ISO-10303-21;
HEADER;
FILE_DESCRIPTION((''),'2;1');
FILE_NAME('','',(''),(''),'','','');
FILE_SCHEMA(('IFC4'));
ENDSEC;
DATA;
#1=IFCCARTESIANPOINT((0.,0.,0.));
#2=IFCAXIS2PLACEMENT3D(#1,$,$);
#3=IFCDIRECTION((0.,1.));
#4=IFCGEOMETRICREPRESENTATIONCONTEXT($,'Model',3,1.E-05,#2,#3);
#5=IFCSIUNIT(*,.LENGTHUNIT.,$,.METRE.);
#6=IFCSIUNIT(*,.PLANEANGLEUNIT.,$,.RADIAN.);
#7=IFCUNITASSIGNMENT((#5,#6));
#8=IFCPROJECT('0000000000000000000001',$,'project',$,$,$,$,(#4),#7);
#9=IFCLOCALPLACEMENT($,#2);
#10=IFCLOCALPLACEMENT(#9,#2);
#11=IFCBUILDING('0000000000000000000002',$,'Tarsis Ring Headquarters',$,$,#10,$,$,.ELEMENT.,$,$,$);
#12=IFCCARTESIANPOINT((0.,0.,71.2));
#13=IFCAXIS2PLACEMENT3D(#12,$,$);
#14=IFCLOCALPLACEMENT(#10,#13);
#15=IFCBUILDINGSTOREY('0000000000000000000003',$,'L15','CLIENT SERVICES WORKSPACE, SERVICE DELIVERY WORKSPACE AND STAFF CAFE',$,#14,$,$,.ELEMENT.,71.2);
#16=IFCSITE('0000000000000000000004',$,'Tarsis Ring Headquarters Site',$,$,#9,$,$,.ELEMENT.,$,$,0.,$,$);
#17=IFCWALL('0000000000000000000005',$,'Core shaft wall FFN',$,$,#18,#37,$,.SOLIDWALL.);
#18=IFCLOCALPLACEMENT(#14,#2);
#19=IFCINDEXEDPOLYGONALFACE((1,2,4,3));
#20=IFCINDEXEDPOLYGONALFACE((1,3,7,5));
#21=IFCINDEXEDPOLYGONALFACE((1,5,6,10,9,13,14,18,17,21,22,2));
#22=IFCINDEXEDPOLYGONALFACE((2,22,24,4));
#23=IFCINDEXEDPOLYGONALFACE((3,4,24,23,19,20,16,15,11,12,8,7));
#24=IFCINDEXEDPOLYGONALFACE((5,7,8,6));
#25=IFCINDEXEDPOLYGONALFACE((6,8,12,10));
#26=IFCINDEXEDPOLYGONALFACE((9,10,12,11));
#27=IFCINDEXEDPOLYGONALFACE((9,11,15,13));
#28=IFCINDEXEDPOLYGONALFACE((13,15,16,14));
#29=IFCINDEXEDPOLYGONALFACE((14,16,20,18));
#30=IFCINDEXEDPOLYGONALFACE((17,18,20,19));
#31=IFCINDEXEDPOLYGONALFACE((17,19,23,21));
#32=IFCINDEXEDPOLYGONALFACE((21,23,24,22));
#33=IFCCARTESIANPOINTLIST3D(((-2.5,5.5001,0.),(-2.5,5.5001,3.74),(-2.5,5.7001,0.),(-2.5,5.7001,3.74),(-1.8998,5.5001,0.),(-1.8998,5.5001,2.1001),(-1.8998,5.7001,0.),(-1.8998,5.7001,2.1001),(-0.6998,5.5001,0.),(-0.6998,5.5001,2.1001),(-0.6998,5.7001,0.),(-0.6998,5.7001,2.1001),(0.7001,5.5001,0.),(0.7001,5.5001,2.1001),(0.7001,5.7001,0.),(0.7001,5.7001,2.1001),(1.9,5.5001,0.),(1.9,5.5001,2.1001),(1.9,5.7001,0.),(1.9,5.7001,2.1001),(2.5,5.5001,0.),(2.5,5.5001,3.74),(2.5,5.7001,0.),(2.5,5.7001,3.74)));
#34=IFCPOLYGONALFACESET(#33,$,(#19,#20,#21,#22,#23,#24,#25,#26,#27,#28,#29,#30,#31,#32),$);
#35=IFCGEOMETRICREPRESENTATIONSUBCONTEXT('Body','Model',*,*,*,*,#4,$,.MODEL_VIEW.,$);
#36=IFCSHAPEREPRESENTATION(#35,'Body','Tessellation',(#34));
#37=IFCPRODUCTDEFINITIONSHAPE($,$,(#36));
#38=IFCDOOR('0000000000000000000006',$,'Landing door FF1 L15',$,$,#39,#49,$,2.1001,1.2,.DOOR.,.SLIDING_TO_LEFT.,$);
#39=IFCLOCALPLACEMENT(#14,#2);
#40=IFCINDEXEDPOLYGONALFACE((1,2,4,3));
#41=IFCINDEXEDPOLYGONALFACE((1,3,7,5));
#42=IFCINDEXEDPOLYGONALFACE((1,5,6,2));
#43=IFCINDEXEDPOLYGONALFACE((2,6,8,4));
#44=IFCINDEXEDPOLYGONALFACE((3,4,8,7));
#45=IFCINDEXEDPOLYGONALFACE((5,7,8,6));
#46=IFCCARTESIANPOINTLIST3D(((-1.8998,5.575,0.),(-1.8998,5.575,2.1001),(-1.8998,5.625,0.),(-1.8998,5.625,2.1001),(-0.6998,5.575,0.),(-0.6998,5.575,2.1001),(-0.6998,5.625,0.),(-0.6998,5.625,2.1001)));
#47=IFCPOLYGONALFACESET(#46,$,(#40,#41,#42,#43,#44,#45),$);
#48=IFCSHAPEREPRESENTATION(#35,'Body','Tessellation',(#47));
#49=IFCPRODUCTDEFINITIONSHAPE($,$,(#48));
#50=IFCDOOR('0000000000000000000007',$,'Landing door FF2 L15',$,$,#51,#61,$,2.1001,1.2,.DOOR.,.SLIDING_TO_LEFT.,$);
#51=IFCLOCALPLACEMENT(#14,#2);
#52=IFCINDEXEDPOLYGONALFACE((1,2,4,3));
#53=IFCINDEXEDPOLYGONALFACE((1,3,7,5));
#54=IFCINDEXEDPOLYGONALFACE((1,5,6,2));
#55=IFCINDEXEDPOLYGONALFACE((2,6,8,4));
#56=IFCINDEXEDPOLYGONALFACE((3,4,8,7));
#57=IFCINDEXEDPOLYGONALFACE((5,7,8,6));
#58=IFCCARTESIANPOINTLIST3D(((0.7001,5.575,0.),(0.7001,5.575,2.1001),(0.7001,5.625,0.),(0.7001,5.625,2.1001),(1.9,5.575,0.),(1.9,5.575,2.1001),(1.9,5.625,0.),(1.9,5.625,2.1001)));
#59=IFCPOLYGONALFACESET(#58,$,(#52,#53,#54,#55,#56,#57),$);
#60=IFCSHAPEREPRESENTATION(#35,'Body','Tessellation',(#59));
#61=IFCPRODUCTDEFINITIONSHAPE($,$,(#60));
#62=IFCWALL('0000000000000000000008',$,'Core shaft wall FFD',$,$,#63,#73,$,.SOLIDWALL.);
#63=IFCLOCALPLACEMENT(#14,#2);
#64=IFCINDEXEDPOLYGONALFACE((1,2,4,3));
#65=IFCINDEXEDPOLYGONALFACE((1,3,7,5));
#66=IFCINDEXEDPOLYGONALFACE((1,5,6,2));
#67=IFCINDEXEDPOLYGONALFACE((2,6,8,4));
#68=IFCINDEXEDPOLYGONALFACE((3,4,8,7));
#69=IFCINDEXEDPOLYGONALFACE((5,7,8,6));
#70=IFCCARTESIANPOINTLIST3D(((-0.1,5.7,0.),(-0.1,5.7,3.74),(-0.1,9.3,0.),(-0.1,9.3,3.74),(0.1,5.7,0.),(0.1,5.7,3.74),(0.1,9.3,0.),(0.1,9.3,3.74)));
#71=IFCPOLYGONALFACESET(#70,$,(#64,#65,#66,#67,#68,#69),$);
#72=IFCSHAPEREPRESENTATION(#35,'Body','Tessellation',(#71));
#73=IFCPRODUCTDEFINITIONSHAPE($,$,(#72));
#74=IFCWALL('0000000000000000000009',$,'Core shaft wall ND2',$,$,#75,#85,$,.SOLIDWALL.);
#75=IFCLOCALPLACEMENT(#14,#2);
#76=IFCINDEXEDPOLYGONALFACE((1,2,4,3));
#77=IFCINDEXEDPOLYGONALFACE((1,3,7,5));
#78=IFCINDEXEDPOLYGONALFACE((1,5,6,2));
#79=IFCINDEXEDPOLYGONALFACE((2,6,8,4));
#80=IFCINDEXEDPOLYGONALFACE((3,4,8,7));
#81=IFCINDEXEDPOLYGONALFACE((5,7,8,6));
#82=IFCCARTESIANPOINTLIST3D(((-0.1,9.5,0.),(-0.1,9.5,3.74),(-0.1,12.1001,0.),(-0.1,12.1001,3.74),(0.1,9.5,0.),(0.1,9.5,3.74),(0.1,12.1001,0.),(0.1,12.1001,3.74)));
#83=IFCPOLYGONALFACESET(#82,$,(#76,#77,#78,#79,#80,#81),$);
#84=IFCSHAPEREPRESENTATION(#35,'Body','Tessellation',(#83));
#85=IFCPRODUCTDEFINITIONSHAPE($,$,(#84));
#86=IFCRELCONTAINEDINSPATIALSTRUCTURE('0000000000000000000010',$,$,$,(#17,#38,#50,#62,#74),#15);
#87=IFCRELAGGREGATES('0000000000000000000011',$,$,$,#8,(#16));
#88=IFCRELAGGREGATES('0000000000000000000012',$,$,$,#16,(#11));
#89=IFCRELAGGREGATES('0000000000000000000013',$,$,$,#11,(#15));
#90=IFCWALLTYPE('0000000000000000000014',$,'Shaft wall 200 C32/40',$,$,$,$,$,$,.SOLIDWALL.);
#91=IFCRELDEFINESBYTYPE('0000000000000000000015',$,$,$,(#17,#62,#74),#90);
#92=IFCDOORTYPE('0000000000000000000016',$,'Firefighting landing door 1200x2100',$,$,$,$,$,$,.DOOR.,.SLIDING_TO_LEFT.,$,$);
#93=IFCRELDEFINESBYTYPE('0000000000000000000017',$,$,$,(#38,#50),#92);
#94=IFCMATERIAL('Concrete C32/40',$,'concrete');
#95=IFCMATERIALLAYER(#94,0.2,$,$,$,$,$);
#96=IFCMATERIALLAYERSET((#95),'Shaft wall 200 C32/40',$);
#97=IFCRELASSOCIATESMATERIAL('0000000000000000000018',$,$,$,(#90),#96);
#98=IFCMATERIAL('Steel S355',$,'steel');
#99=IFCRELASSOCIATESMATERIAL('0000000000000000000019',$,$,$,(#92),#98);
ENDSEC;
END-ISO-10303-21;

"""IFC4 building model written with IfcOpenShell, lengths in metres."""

from ifc_helpers import new_model, si_unit, direction, frame, frame_2d, origin, place, context, subcontext, project, spatial, rectangle, extrude, material, layer, layer_set, type_object, element, fill, save


model = new_model("IFC4")

# Units and contexts
model_context = context("Model", 3, precision=1e-05, world=origin(), true_north=direction((0.0, 1.0)))
body_context = subcontext(model_context, "Body", "Model", "MODEL_VIEW")
ifc_project = project(units=[si_unit("LENGTHUNIT", "METRE"), si_unit("PLANEANGLEUNIT", "RADIAN")], contexts=[model_context])

# Site, building, storey
site_placement = place(None, origin())
site = spatial("IfcSite", under=ifc_project, at=site_placement, Name="Tarsis Ring Headquarters Site", CompositionType="ELEMENT", RefElevation=0.0)
building_placement = place(site_placement, origin())
building = spatial("IfcBuilding", under=site, at=building_placement, Name="Tarsis Ring Headquarters", CompositionType="ELEMENT")
storey_placement = place(building_placement, frame((0.0, 0.0, 71.2)))
storey = spatial("IfcBuildingStorey", under=building, at=storey_placement, Name="L15", Description="CLIENT SERVICES WORKSPACE, SERVICE DELIVERY WORKSPACE AND STAFF CAFE", CompositionType="ELEMENT", Elevation=71.2)

# Shared definitions
ifc_material_1 = material(Name="Concrete C32/40", Category="concrete")
ifc_layer_1 = layer(ifc_material_1, 0.2)
ifc_layer_set_1 = layer_set([ifc_layer_1], Name="Shaft wall 200 C32/40")
wall_type_1 = type_object("IfcWallType", Name="Shaft wall 200 C32/40", PredefinedType="SOLIDWALL", material=ifc_layer_set_1)

# Shared definitions
ifc_material_2 = material(Name="Steel S355", Category="steel")

# Wall, openings, doors
wall_1_placement = place(storey_placement, frame((-2.5, 5.6001, 0.0), z_axis=(0.0, 0.0, 1.0), x_axis=(1.0, 0.0, 0.0)))
wall_1 = element("IfcWall", 1, at=wall_1_placement, inside=storey, type_object=wall_type_1, Name="Core shaft wall FFN", PredefinedType="SOLIDWALL", context=body_context, shape_type="SweptSolid", body=[
    extrude(rectangle(XDim=5.0, YDim=0.2, at=frame_2d((2.5, 0.0))), origin(), (0.0, 0.0, 1.0), 3.74),
])
opening_1_placement = place(wall_1_placement, frame((0.6001, 0.0, 0.0)))
opening_1 = element("IfcOpeningElement", 2, at=opening_1_placement, cuts=wall_1, PredefinedType="OPENING", context=body_context, shape_type="SweptSolid", body=[
    extrude(rectangle(XDim=1.2, YDim=2.1001, at=frame_2d((0.6001, 1.05))), frame((0.0, 0.1099, 0.0), z_axis=(0.0, -1.0, 0.0), x_axis=(1.0, 0.0, 0.0)), (0.0, 0.0, 1.0), 0.22),
])
opening_2_placement = place(wall_1_placement, frame((3.2, 0.0, 0.0)))
opening_2 = element("IfcOpeningElement", 3, at=opening_2_placement, cuts=wall_1, PredefinedType="OPENING", context=body_context, shape_type="SweptSolid", body=[
    extrude(rectangle(XDim=1.2, YDim=2.1001, at=frame_2d((0.6001, 1.05))), frame((0.0, 0.1099, 0.0), z_axis=(0.0, -1.0, 0.0), x_axis=(1.0, 0.0, 0.0)), (0.0, 0.0, 1.0), 0.22),
])
door_type_1 = type_object("IfcDoorType", Name="Firefighting landing door 1200x2100", OperationType="SLIDING_TO_LEFT", PredefinedType="DOOR", material=ifc_material_2)
door_1_placement = place(opening_1_placement, origin())
door_1 = element("IfcDoor", 4, at=door_1_placement, inside=storey, type_object=door_type_1, Name="Landing door FF1 L15", OperationType="SLIDING_TO_LEFT", OverallHeight=2.1001, OverallWidth=1.2, PredefinedType="DOOR", context=body_context, shape_type="SweptSolid", body=[
    extrude(rectangle(XDim=1.2, YDim=2.1001, at=frame_2d((0.6001, 1.05))), frame((0.0, 0.0249, 0.0), z_axis=(0.0, -1.0, 0.0), x_axis=(1.0, 0.0, 0.0)), (0.0, 0.0, 1.0), 0.05),
])
fill(opening_1, door_1)
door_2_placement = place(opening_2_placement, origin())
door_2 = element("IfcDoor", 5, at=door_2_placement, inside=storey, type_object=door_type_1, Name="Landing door FF2 L15", OperationType="SLIDING_TO_LEFT", OverallHeight=2.1001, OverallWidth=1.2, PredefinedType="DOOR", context=body_context, shape_type="SweptSolid", body=[
    extrude(rectangle(XDim=1.2, YDim=2.1001, at=frame_2d((0.6001, 1.05))), frame((0.0, 0.0249, 0.0), z_axis=(0.0, -1.0, 0.0), x_axis=(1.0, 0.0, 0.0)), (0.0, 0.0, 1.0), 0.05),
])
fill(opening_2, door_2)

# Walls
wall_2_placement = place(storey_placement, frame((0.0, 5.7, 0.0), z_axis=(0.0, 0.0, 1.0), x_axis=(0.0, 1.0, 0.0)))
element("IfcWall", 6, at=wall_2_placement, inside=storey, type_object=wall_type_1, Name="Core shaft wall FFD", PredefinedType="SOLIDWALL", context=body_context, shape_type="SweptSolid", body=[
    extrude(rectangle(XDim=3.6001, YDim=0.2, at=frame_2d((1.8, 0.0))), origin(), (0.0, 0.0, 1.0), 3.74),
])
wall_3_placement = place(storey_placement, frame((0.0, 9.5, 0.0), z_axis=(0.0, 0.0, 1.0), x_axis=(0.0, 1.0, 0.0)))
element("IfcWall", 7, at=wall_3_placement, inside=storey, type_object=wall_type_1, Name="Core shaft wall ND2", PredefinedType="SOLIDWALL", context=body_context, shape_type="SweptSolid", body=[
    extrude(rectangle(XDim=2.6001, YDim=0.2, at=frame_2d((1.3, 0.0))), origin(), (0.0, 0.0, 1.0), 3.74),
])

save(model, "model.ifc")
